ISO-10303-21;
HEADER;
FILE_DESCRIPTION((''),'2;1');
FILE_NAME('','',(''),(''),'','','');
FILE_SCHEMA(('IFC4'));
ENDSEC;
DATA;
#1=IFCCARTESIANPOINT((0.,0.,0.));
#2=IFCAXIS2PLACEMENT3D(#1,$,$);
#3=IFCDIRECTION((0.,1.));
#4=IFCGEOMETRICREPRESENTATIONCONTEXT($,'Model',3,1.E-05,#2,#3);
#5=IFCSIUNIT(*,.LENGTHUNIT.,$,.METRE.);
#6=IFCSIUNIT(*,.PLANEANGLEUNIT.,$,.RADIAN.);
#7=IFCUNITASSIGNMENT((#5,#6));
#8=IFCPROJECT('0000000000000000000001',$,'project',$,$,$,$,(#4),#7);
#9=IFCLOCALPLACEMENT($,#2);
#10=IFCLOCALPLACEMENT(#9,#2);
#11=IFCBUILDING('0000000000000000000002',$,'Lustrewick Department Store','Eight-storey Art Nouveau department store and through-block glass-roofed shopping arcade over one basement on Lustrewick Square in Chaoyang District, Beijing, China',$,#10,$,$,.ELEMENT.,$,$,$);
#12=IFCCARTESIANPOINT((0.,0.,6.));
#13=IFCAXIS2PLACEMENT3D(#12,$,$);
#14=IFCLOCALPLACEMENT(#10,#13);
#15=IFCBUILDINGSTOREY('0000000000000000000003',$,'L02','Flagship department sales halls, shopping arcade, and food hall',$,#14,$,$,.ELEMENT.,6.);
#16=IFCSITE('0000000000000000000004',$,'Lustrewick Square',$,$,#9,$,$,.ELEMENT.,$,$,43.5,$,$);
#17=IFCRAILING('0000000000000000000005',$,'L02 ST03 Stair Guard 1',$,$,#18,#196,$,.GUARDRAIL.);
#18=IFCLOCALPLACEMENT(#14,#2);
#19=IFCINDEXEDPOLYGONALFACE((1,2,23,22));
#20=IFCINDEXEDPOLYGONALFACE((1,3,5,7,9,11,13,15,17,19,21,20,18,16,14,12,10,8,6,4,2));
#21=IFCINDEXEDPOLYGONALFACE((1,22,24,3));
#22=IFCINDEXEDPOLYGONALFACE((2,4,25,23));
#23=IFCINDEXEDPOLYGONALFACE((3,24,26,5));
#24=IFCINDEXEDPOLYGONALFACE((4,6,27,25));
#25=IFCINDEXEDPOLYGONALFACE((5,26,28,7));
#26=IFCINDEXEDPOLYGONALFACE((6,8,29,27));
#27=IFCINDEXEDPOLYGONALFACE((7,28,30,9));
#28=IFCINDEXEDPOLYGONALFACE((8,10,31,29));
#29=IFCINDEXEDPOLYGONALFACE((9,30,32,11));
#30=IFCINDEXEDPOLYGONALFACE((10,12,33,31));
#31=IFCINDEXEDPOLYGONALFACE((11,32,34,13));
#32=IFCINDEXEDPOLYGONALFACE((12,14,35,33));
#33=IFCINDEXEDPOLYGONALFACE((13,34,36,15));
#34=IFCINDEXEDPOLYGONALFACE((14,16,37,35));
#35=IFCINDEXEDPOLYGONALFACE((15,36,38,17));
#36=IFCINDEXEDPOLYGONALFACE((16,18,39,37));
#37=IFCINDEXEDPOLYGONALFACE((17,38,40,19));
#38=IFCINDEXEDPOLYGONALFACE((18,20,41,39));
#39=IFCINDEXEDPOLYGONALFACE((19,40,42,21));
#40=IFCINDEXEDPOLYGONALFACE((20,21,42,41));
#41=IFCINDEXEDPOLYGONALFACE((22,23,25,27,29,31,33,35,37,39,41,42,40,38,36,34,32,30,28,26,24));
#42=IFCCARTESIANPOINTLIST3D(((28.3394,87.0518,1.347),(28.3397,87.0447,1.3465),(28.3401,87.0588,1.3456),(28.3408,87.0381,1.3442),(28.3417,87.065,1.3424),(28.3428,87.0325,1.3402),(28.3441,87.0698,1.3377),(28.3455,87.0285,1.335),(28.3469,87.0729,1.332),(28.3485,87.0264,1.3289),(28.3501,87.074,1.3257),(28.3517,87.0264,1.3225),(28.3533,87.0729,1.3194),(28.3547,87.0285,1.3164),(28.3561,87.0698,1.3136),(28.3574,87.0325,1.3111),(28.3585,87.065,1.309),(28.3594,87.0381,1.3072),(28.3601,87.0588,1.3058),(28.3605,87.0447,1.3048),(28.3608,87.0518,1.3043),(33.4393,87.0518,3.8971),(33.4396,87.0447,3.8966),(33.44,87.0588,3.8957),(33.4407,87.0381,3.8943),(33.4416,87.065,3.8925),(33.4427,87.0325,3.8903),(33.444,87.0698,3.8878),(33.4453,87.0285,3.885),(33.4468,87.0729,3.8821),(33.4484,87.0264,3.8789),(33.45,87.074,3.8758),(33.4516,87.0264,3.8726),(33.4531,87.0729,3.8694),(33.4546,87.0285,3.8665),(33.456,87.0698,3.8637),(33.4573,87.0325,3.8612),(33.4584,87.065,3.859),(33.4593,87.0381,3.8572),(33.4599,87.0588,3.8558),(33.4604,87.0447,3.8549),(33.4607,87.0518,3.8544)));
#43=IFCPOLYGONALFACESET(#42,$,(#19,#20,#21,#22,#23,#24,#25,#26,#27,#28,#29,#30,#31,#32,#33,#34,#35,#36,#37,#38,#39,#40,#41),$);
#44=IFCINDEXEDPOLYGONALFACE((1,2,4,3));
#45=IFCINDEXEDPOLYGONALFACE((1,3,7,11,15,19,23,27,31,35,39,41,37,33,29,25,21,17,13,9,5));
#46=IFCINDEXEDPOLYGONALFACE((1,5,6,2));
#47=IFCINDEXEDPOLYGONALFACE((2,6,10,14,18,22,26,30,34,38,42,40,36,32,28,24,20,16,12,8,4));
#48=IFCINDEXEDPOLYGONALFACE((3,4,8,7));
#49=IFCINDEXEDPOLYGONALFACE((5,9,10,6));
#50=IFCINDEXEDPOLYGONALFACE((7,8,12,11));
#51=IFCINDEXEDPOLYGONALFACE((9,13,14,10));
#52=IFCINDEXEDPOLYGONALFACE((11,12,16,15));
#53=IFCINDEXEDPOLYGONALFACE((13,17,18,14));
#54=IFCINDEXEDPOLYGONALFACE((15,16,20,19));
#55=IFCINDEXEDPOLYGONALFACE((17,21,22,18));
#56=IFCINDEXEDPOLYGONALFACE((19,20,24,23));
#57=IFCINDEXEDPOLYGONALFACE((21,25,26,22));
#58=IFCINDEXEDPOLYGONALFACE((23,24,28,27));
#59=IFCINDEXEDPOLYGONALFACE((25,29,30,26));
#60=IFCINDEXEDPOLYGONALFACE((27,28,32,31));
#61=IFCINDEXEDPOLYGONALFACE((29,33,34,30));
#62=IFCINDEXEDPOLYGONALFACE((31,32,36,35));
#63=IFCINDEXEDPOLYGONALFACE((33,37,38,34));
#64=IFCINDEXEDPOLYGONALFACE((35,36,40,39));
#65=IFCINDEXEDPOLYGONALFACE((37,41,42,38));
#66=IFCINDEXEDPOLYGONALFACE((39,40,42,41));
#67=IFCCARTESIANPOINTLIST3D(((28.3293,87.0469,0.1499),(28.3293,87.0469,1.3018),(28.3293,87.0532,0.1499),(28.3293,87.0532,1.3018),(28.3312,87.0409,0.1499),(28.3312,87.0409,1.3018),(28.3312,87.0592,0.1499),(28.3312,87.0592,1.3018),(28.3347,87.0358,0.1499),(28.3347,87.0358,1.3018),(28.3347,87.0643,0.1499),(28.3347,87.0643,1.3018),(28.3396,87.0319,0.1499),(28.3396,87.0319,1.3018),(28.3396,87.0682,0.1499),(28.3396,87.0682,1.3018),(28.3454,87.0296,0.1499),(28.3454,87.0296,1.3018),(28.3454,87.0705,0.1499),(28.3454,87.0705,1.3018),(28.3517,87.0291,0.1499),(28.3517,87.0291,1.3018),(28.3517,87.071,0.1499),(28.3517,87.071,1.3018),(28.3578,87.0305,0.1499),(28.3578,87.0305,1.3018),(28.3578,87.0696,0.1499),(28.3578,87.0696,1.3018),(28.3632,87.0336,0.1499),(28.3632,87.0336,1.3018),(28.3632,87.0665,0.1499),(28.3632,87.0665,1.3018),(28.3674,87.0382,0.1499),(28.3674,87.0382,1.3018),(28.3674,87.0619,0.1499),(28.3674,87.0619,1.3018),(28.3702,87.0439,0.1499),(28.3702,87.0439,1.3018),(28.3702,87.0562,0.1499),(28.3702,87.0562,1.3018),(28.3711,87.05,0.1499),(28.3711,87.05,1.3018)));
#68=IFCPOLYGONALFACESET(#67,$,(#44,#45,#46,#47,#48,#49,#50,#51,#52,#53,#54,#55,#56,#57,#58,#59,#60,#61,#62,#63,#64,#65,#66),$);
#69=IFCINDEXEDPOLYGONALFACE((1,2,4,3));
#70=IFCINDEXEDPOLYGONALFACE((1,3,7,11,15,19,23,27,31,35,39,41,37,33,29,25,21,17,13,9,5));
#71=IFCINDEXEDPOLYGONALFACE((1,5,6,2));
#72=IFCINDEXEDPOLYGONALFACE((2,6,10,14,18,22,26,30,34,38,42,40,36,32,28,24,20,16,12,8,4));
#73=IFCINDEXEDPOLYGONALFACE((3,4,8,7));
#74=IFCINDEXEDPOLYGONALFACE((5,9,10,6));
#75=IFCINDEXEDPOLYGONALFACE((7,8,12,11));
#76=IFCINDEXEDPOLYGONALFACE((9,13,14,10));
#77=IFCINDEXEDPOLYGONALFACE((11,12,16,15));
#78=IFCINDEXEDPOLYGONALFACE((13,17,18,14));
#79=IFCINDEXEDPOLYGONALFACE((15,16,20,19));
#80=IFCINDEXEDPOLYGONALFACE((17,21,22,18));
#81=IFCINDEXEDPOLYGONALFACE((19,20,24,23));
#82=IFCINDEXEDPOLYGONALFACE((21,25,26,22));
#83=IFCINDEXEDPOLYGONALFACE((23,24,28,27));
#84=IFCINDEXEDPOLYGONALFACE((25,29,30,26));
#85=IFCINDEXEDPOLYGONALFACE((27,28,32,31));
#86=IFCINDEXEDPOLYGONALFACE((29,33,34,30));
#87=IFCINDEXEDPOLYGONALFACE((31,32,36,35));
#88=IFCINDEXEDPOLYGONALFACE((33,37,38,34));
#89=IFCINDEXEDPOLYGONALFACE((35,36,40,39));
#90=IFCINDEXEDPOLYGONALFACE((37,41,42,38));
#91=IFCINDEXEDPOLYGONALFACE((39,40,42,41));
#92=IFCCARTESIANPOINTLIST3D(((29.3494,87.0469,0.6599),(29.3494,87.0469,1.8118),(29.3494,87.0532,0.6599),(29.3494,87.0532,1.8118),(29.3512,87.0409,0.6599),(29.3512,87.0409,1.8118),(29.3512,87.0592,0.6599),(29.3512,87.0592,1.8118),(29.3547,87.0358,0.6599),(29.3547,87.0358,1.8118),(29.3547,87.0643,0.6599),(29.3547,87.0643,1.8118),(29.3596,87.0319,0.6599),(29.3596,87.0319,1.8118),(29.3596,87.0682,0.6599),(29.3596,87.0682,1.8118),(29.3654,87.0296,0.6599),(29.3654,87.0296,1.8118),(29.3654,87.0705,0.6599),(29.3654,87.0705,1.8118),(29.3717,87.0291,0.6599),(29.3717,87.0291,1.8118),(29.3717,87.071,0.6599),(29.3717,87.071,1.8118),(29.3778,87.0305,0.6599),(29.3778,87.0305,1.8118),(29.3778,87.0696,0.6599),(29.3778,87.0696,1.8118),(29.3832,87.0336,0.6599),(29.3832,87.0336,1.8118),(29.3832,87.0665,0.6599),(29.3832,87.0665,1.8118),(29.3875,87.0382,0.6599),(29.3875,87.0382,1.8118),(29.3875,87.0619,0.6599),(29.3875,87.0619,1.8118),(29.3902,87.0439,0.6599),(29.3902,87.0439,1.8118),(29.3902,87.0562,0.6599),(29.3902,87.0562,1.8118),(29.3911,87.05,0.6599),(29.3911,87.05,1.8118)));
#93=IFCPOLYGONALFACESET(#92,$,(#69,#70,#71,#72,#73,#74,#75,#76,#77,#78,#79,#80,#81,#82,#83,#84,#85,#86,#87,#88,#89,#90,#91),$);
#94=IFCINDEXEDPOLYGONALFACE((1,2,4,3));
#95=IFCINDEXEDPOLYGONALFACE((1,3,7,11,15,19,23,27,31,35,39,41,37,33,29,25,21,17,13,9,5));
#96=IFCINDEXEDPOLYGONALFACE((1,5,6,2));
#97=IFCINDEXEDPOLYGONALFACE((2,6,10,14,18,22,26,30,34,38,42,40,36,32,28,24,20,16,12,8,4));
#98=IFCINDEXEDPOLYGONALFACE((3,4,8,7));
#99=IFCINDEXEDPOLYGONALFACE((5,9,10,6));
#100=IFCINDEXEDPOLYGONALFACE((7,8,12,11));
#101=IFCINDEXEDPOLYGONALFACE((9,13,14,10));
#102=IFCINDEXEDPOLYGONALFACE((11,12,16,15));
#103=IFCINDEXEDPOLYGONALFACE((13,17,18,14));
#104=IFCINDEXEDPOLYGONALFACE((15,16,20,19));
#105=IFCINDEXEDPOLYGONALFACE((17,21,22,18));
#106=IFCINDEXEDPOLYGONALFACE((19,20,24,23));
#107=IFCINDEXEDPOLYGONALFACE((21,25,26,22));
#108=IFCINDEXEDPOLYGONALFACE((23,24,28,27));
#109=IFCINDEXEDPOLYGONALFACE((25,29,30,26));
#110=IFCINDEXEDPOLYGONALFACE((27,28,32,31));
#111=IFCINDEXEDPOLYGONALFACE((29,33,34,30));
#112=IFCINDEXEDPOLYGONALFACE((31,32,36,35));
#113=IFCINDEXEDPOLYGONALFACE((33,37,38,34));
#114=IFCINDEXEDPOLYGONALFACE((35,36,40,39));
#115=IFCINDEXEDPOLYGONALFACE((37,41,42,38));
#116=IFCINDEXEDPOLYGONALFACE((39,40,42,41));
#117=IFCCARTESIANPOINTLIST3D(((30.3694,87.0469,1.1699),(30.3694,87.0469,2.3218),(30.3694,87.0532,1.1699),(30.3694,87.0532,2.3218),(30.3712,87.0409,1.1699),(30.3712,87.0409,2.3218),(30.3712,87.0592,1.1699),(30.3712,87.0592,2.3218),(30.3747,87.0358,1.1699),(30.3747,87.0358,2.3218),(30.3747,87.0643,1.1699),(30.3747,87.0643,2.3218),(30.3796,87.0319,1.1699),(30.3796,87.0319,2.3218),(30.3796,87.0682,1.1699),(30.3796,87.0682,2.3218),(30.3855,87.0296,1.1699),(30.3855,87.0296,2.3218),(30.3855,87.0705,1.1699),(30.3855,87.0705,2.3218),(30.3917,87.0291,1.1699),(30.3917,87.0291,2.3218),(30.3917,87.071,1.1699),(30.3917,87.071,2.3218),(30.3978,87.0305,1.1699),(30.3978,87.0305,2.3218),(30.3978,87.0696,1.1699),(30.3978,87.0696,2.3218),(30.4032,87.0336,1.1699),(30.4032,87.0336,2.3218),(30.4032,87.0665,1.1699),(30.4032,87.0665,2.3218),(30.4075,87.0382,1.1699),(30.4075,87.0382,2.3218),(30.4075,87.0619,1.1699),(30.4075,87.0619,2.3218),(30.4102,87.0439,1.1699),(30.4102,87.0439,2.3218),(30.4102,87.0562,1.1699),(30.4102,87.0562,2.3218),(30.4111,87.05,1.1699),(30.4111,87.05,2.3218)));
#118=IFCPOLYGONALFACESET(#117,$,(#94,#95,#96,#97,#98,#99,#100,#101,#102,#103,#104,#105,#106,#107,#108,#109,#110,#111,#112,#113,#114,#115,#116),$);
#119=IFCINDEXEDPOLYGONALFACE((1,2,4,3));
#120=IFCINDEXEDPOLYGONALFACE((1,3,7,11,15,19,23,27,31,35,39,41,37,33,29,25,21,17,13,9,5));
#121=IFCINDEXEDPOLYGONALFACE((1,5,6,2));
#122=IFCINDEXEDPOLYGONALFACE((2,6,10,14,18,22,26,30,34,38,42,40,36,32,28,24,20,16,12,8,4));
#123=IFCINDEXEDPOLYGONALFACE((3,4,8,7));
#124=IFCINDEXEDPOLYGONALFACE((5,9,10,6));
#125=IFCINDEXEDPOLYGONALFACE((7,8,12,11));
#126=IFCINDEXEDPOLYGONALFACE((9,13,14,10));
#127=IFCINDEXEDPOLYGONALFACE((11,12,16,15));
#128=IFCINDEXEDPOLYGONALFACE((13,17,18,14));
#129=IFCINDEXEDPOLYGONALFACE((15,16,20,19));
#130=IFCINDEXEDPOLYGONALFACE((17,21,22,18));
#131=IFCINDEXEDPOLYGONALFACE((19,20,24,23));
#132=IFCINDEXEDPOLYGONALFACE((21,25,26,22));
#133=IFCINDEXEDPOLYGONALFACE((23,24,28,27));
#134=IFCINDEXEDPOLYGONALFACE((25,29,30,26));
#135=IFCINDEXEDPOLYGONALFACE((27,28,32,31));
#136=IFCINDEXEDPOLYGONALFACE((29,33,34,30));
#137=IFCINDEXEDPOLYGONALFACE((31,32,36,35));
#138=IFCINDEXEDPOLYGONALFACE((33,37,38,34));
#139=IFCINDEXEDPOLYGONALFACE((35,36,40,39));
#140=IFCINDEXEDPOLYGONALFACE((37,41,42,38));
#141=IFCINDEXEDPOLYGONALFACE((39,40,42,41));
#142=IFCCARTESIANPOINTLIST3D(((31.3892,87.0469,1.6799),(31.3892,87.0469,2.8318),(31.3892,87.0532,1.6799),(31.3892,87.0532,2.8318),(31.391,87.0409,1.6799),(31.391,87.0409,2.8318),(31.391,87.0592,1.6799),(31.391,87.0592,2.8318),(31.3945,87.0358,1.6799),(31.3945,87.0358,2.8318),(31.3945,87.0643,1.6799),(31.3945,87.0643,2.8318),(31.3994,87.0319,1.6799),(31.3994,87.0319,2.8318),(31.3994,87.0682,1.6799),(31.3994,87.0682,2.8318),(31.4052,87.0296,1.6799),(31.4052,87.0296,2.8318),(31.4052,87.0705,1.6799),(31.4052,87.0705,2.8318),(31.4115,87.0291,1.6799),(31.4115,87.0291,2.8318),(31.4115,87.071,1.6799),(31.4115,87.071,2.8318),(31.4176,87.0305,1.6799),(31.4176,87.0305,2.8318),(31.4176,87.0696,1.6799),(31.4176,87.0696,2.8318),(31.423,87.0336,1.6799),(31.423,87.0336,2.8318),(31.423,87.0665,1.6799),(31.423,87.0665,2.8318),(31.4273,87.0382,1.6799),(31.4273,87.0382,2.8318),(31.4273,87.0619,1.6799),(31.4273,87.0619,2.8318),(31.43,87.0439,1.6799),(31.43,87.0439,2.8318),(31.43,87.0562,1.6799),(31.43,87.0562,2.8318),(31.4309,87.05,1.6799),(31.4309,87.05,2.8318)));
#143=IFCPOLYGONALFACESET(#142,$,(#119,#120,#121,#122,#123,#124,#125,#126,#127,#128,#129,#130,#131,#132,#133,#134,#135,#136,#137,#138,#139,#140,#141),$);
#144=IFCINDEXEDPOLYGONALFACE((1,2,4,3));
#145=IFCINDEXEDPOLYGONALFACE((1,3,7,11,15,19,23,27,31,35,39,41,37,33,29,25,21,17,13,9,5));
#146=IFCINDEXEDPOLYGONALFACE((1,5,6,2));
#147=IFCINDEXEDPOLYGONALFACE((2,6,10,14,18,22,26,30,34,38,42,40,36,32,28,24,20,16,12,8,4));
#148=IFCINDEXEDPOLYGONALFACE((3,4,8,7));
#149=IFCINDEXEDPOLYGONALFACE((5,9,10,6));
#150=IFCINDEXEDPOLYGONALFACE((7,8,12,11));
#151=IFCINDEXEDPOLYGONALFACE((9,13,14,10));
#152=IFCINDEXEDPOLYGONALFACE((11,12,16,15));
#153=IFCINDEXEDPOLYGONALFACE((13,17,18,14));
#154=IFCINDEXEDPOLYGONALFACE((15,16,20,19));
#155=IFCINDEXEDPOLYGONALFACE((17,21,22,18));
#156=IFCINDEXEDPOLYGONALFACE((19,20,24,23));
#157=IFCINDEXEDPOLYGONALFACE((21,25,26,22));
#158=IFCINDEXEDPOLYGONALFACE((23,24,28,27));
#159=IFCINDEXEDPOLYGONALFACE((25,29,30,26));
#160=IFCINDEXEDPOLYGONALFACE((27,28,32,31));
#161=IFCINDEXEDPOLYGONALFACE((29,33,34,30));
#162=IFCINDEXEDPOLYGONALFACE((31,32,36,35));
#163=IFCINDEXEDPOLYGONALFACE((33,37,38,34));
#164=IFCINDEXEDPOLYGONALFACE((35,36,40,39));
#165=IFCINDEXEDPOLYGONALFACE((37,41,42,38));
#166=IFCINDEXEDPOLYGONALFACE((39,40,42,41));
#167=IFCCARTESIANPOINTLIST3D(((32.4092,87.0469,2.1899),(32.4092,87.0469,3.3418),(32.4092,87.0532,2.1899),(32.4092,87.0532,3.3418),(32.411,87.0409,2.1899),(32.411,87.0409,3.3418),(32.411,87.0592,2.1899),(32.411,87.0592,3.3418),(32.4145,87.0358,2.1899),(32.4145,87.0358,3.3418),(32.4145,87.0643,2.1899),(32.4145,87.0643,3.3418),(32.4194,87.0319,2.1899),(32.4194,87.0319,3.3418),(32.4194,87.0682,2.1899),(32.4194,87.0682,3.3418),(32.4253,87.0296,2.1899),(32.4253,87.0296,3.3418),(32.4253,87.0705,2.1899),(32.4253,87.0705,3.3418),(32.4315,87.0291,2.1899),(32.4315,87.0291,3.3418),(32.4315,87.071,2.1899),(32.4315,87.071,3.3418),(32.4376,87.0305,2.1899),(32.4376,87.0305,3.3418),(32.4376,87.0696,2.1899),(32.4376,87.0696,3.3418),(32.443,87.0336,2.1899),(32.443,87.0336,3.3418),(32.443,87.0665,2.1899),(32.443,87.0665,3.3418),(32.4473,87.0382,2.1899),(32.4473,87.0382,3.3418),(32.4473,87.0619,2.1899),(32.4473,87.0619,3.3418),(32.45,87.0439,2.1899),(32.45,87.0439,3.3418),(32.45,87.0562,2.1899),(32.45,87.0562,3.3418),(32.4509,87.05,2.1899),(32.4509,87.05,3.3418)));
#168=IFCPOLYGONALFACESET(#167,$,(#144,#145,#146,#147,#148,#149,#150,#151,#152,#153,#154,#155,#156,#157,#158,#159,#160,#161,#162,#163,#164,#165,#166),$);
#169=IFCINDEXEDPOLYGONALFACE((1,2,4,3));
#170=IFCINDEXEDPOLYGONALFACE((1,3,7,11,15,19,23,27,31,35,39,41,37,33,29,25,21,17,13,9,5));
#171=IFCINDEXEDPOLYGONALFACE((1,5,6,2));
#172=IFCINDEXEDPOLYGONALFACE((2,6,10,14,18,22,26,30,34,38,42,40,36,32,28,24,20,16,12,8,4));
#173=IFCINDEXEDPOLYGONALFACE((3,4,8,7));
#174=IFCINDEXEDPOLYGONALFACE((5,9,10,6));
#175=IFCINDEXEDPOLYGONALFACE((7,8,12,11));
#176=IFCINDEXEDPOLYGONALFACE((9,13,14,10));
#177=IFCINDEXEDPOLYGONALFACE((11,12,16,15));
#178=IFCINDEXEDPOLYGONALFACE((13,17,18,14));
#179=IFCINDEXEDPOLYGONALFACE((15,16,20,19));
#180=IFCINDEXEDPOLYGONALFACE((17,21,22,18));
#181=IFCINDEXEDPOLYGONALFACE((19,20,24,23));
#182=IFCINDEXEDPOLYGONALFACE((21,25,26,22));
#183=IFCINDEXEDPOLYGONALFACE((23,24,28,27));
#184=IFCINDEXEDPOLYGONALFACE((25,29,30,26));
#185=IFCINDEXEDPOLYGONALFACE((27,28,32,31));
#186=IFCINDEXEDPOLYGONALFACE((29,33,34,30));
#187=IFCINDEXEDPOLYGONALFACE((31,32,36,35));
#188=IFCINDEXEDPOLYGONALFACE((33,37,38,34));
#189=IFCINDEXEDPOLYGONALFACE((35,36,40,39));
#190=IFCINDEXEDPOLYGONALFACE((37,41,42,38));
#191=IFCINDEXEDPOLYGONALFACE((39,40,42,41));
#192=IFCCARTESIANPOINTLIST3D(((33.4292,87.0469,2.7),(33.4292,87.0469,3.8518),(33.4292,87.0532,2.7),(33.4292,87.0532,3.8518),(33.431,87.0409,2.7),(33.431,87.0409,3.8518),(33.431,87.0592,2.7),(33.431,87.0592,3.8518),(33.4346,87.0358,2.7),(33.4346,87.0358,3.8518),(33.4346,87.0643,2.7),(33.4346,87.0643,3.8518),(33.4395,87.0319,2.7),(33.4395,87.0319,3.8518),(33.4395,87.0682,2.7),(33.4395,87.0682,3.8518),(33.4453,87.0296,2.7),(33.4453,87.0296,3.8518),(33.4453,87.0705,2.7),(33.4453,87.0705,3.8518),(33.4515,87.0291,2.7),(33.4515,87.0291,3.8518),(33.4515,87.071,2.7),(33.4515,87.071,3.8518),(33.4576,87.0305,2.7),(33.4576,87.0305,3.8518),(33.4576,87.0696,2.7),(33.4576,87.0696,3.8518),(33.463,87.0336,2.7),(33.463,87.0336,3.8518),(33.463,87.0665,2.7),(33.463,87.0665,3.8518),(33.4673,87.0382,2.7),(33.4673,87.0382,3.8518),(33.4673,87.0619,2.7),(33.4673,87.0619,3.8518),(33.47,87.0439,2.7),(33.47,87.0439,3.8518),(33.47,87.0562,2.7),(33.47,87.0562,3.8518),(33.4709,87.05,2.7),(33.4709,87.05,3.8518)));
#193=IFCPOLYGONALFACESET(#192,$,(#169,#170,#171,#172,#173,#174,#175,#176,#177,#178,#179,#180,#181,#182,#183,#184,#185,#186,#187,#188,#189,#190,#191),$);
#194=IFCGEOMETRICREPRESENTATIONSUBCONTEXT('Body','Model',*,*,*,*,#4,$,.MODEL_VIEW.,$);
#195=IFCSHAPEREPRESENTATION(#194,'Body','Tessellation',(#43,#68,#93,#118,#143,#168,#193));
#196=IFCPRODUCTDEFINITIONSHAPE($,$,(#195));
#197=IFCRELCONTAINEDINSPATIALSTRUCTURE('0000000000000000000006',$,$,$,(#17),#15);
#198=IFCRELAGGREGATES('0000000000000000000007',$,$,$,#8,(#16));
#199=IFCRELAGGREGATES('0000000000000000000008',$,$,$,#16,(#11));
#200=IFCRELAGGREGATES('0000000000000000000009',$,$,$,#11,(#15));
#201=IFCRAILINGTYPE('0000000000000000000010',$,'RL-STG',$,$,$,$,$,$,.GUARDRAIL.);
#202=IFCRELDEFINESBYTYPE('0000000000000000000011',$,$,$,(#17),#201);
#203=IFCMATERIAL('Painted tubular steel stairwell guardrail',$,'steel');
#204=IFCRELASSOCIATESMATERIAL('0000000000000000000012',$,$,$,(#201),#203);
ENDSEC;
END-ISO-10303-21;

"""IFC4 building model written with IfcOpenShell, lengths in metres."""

from ifc_helpers import new_model, si_unit, direction, frame, origin, origin_2d, place, context, subcontext, project, spatial, circle, extrude, material, type_object, element, save


model = new_model("IFC4")

# Units and contexts
model_context = context("Model", 3, precision=1e-05, world=origin(), true_north=direction((0.0, 1.0)))
body_context = subcontext(model_context, "Body", "Model", "MODEL_VIEW")
ifc_project = project(units=[si_unit("LENGTHUNIT", "METRE"), si_unit("PLANEANGLEUNIT", "RADIAN")], contexts=[model_context])

# Site, building, storey
site_placement = place(None, origin())
site = spatial("IfcSite", under=ifc_project, at=site_placement, Name="Lustrewick Square", CompositionType="ELEMENT", RefElevation=43.5)
building_placement = place(site_placement, origin())
building = spatial("IfcBuilding", under=site, at=building_placement, Name="Lustrewick Department Store", Description="Eight-storey Art Nouveau department store and through-block glass-roofed shopping arcade over one basement on Lustrewick Square in Chaoyang District, Beijing, China", CompositionType="ELEMENT")
storey_placement = place(building_placement, frame((0.0, 0.0, 6.0)))
storey = spatial("IfcBuildingStorey", under=building, at=storey_placement, Name="L02", Description="Flagship department sales halls, shopping arcade, and food hall", CompositionType="ELEMENT", Elevation=6.0)

# Railing
ifc_material_1 = material(Name="Painted tubular steel stairwell guardrail", Category="steel")
railing_type_1 = type_object("IfcRailingType", Name="RL-STG", PredefinedType="GUARDRAIL", material=ifc_material_1)
railing_1_placement = place(storey_placement, frame((28.3501, 87.05, 0.1499)))
element("IfcRailing", 1, at=railing_1_placement, inside=storey, type_object=railing_type_1, Name="L02 ST03 Stair Guard 1", PredefinedType="GUARDRAIL", context=body_context, shape_type="SweptSolid", body=[
    extrude(circle(Radius=0.0239, at=origin_2d()), frame((0.0, 0.0, 1.1758), z_axis=(0.894419, 0.0, 0.447231), x_axis=(0.0, 1.0, 0.0)), (0.0, 0.0, 1.0), 5.7019),
    extrude(circle(Radius=0.021, at=origin_2d()), origin(), (0.0, 0.0, 1.0), 1.1519),
    extrude(circle(Radius=0.021, at=origin_2d()), frame((1.02, 0.0, 0.51)), (0.0, 0.0, 1.0), 1.1519),
    extrude(circle(Radius=0.021, at=origin_2d()), frame((2.04, 0.0, 1.02)), (0.0, 0.0, 1.0), 1.1519),
    extrude(circle(Radius=0.021, at=origin_2d()), frame((3.0598, 0.0, 1.53)), (0.0, 0.0, 1.0), 1.1519),
    extrude(circle(Radius=0.021, at=origin_2d()), frame((4.0798, 0.0, 2.04)), (0.0, 0.0, 1.0), 1.1519),
    extrude(circle(Radius=0.021, at=origin_2d()), frame((5.0999, 0.0, 2.55)), (0.0, 0.0, 1.0), 1.1519),
])

save(model, "model.ifc")
